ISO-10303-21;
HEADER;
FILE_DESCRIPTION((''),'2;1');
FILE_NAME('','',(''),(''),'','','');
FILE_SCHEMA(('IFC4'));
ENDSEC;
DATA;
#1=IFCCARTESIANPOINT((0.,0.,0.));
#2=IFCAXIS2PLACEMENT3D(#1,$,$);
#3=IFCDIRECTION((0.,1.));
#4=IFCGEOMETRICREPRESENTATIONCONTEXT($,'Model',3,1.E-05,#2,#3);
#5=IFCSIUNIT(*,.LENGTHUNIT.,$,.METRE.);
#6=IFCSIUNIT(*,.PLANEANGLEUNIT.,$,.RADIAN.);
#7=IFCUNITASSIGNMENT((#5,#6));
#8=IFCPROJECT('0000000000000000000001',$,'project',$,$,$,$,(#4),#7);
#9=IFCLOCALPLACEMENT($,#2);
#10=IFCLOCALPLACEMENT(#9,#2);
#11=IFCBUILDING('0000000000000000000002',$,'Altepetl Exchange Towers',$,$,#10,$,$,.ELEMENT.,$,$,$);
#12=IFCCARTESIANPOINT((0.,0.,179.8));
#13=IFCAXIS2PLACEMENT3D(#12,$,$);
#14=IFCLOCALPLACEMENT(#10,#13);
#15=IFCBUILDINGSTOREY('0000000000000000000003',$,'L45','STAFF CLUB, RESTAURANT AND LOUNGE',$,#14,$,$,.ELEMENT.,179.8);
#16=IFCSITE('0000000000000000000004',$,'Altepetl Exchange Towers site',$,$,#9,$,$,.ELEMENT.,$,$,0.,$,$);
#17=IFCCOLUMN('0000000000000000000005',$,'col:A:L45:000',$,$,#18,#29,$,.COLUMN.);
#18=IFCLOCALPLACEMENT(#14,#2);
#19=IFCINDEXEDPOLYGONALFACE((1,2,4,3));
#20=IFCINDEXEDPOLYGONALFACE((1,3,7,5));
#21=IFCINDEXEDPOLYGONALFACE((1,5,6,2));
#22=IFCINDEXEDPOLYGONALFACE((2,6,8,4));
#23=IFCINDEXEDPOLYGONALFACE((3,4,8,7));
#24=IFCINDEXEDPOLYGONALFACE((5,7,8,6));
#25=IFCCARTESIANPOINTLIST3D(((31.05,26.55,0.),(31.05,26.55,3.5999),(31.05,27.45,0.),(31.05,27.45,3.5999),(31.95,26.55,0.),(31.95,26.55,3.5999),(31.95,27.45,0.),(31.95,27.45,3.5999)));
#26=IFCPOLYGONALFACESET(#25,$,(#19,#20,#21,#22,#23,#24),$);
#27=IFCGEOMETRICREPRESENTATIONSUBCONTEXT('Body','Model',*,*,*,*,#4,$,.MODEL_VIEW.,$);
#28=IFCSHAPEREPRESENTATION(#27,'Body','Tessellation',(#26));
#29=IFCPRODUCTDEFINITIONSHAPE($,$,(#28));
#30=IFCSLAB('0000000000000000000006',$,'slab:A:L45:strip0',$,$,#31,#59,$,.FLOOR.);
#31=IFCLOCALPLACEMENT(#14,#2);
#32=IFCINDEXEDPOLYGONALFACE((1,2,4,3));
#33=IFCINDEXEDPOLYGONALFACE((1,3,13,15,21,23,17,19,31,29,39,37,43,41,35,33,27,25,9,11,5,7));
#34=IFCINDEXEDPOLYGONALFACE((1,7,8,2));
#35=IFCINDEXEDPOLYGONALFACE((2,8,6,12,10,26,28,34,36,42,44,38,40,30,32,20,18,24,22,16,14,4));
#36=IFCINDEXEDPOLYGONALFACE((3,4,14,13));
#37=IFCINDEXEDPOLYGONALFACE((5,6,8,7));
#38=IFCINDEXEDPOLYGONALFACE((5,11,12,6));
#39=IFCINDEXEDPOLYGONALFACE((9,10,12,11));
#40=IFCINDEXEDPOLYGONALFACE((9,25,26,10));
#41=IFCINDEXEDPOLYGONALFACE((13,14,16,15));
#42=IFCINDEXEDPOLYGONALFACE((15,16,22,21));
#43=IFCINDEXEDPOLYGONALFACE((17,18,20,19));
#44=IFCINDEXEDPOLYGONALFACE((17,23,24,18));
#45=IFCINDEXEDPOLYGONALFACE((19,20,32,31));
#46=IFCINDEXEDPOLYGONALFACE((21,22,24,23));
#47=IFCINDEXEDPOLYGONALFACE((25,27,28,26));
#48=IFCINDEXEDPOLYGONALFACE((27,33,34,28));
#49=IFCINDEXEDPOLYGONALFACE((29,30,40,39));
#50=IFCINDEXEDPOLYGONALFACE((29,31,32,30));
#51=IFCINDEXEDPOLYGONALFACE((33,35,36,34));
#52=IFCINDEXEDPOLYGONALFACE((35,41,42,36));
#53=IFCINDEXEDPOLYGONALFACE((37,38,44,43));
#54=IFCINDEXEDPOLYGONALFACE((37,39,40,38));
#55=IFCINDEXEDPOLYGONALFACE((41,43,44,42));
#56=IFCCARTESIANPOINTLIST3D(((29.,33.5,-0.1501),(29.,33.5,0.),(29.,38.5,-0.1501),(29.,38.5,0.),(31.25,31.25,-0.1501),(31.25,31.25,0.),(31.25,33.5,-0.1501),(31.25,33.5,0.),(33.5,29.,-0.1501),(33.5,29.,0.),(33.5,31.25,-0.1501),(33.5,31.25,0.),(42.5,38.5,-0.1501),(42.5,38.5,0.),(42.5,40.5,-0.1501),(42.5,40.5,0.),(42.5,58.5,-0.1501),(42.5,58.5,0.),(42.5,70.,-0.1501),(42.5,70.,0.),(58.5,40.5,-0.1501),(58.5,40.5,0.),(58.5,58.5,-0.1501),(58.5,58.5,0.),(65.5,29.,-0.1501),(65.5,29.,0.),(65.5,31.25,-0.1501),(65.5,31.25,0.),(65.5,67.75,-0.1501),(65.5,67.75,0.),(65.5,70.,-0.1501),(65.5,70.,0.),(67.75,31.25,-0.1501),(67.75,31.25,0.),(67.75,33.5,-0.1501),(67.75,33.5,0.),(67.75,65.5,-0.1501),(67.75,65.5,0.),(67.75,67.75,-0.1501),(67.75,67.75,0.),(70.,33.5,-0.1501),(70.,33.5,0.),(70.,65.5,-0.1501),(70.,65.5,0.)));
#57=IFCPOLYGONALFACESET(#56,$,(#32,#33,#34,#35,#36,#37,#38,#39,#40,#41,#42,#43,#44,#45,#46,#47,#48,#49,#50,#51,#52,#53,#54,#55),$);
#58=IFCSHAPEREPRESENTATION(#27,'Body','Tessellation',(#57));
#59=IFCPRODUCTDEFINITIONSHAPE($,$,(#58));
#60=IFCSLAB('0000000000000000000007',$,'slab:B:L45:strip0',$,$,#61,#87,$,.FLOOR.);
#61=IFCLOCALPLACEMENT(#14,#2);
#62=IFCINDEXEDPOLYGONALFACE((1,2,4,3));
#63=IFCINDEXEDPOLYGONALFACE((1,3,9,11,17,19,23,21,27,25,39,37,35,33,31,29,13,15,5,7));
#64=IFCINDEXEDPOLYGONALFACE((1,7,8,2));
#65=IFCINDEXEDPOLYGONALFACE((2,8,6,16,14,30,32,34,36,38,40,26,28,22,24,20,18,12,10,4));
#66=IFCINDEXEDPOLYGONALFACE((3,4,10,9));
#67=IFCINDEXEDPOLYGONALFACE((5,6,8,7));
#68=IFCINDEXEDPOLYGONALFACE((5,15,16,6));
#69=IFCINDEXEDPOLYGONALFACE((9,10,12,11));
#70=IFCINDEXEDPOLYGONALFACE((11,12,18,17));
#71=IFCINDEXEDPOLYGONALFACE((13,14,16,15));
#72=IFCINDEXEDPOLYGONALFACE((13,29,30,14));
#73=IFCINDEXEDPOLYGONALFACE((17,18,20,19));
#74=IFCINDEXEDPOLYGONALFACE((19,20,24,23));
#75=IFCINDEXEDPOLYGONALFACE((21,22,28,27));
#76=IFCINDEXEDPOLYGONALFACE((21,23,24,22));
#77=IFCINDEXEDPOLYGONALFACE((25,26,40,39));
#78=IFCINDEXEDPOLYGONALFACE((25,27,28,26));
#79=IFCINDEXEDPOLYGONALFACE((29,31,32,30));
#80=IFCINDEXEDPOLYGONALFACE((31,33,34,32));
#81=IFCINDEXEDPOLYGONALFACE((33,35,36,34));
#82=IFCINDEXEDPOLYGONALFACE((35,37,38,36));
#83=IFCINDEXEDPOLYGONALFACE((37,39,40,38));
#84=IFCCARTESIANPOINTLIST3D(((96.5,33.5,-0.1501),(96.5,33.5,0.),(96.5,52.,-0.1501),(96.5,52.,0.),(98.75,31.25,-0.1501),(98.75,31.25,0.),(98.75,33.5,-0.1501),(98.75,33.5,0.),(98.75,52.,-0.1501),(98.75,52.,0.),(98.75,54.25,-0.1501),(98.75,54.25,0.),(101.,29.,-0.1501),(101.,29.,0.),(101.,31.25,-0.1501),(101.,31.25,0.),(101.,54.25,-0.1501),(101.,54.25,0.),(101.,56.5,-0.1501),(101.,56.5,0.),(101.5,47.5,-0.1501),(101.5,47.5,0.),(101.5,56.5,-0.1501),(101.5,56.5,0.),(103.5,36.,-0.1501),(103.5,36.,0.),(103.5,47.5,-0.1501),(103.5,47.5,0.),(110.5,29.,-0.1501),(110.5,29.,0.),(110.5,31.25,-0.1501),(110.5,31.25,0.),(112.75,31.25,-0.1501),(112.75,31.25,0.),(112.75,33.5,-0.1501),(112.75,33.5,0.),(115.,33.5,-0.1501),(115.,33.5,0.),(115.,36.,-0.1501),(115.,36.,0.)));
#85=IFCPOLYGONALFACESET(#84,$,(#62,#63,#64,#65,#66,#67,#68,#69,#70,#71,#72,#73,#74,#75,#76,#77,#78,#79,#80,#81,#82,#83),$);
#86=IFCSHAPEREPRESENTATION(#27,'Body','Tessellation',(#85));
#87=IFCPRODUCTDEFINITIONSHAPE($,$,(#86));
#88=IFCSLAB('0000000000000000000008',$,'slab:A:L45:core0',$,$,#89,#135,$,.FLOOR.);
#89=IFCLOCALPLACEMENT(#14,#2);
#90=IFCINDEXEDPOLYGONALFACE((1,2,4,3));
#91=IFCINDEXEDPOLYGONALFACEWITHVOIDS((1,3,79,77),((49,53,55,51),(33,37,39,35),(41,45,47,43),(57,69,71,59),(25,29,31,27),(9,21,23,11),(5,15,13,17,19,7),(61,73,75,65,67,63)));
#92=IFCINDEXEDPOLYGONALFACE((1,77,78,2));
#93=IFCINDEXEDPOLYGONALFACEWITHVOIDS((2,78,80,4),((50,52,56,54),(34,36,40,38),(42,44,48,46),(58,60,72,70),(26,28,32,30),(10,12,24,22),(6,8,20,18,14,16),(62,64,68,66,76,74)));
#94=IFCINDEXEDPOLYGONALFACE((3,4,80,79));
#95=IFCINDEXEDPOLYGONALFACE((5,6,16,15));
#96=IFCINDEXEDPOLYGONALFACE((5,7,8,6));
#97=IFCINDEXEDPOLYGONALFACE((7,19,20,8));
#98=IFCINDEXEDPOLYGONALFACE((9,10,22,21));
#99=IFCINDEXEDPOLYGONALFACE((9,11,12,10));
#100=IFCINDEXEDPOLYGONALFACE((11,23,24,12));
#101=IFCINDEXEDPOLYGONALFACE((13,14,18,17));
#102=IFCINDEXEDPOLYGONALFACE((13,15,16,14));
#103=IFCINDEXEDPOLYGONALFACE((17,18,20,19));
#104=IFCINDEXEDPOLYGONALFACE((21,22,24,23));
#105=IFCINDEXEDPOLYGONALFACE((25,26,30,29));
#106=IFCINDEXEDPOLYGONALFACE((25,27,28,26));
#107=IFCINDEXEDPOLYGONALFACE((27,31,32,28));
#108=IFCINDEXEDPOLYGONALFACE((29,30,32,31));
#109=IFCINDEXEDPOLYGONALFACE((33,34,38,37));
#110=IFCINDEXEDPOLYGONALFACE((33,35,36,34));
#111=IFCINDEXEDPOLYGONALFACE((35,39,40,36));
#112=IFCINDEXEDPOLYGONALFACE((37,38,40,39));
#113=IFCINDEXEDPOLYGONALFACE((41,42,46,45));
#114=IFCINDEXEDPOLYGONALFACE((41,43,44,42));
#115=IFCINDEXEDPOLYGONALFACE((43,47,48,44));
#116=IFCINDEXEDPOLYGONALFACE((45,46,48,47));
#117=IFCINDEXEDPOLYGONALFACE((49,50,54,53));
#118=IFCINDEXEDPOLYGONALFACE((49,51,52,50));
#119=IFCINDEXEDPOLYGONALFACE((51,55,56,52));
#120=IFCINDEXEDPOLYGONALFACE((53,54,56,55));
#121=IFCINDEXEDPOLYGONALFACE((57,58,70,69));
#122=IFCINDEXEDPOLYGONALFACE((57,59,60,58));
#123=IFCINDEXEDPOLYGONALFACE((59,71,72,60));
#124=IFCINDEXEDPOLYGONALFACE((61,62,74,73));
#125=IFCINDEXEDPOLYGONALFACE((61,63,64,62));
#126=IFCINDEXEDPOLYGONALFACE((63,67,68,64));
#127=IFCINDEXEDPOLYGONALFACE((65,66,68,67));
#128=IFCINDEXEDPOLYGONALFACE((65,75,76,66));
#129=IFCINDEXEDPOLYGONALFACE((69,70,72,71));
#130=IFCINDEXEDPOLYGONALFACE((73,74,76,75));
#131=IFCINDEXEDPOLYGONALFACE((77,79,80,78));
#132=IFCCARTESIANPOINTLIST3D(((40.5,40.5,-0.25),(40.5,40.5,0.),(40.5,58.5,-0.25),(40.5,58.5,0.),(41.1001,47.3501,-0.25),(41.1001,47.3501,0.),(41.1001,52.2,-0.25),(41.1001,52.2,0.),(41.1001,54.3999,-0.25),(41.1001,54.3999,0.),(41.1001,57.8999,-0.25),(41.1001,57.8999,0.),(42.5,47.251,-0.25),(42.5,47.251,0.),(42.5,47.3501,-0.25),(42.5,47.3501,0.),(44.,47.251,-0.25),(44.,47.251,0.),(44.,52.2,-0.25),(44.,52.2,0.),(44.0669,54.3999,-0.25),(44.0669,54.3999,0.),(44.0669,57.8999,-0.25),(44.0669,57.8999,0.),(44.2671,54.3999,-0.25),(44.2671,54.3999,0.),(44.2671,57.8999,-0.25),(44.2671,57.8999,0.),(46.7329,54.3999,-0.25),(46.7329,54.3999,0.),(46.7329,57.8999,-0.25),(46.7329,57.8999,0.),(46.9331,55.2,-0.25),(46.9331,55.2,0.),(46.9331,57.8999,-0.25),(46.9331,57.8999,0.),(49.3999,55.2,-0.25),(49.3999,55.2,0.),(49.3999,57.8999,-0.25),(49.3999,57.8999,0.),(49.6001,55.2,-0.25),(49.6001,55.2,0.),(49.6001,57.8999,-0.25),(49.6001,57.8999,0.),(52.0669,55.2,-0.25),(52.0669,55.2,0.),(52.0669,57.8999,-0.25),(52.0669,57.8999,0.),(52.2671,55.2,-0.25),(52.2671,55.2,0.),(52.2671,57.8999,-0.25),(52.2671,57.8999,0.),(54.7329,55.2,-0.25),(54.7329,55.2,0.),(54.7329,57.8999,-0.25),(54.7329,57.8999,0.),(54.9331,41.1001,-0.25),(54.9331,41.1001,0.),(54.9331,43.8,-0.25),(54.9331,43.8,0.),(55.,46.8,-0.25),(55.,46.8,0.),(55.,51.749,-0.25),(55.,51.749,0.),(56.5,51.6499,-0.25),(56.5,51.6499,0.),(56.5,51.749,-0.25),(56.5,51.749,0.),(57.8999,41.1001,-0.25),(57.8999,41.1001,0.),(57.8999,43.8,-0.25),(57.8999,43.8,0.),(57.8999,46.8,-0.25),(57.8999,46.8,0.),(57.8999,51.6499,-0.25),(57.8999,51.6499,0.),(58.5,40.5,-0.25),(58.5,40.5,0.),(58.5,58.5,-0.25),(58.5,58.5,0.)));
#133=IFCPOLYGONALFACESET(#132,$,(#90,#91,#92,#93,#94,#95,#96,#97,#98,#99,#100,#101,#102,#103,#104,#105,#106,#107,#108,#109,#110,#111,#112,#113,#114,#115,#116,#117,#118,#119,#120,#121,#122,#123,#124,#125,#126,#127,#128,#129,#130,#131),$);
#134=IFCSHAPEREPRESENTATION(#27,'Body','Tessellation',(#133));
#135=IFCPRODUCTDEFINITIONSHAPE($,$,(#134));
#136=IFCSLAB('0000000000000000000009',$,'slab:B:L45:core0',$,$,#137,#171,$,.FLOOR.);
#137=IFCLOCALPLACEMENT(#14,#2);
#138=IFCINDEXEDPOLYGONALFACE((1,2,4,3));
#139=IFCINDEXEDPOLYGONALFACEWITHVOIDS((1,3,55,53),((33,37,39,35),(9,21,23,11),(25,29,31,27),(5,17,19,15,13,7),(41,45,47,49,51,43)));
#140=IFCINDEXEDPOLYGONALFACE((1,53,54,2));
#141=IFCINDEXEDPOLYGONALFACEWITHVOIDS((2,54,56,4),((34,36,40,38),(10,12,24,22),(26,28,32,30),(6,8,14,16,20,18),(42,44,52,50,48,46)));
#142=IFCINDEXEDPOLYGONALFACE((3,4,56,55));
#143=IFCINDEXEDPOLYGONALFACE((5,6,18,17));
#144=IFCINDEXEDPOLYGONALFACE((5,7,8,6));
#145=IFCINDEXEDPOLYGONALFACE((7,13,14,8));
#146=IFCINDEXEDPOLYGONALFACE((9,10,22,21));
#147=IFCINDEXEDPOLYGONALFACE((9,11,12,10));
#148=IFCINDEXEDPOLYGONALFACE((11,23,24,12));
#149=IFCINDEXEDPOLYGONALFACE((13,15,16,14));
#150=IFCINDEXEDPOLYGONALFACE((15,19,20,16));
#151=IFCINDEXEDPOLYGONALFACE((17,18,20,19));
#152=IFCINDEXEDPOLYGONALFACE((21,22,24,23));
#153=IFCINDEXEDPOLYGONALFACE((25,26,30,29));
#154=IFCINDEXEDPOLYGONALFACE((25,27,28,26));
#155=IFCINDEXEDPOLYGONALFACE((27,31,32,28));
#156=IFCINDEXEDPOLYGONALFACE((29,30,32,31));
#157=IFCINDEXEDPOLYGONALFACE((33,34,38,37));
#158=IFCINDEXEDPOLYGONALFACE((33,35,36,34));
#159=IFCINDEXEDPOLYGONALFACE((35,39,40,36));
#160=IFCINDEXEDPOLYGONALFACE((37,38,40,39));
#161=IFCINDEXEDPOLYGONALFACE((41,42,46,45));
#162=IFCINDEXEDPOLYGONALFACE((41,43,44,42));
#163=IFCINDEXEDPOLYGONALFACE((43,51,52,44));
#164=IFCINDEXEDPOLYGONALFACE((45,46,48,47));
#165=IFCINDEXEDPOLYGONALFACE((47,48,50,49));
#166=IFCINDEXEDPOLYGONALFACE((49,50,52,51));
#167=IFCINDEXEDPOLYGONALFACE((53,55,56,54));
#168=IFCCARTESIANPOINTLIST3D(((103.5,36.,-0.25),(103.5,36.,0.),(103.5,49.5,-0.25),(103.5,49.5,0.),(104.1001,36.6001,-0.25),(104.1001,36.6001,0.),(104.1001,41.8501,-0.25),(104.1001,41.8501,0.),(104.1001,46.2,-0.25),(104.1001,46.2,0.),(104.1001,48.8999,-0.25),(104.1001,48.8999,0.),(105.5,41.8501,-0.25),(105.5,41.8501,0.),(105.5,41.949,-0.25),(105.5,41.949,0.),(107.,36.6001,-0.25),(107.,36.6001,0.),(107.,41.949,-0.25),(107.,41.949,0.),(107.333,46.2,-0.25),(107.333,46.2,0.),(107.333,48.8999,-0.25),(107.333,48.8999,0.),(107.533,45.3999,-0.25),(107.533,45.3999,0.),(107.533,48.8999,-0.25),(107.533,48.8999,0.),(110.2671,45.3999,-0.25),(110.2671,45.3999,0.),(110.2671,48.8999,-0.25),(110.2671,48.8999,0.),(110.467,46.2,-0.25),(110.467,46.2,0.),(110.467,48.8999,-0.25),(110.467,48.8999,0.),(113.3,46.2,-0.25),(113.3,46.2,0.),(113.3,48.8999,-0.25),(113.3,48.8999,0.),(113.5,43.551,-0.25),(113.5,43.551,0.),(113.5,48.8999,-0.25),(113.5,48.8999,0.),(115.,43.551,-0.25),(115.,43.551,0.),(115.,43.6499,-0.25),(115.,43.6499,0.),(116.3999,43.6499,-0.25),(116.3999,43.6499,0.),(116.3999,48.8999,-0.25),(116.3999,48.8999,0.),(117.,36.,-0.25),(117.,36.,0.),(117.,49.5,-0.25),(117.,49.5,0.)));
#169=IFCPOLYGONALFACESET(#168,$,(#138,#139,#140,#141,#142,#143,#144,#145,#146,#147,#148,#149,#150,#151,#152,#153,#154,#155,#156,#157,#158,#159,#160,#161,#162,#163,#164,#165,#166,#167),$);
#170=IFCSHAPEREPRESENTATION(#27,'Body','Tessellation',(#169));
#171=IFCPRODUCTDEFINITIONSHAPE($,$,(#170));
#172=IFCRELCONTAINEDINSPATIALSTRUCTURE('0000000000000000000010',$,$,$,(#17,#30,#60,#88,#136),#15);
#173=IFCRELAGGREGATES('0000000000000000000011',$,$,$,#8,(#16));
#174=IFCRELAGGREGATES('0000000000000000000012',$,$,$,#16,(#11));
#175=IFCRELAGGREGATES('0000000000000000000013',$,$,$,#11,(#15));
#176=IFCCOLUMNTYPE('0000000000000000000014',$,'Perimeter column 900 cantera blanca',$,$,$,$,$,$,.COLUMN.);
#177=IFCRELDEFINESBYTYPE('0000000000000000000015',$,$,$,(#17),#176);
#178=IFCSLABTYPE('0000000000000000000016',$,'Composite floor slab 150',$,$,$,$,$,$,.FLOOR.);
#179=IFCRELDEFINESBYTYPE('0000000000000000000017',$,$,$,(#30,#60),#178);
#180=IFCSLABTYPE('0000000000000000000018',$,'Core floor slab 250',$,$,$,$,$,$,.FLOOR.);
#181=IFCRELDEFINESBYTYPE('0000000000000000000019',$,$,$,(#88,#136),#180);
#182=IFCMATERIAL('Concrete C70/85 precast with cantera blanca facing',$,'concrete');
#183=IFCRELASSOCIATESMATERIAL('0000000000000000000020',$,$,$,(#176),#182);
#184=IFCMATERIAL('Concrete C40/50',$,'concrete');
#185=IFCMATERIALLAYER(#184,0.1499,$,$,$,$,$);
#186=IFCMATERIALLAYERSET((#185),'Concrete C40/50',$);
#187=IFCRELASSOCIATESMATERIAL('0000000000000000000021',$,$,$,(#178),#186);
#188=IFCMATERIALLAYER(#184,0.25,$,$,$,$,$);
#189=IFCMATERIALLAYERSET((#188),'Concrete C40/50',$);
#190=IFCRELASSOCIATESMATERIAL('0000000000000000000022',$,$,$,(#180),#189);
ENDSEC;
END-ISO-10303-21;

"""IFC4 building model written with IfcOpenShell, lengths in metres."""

from ifc_helpers import new_model, si_unit, direction, frame, origin, origin_2d, place, context, subcontext, project, spatial, polyline, rectangle, outline, extrude, material, layer, layer_set, material_profile, profile_set, type_object, element, save


model = new_model("IFC4")

# Units and contexts
model_context = context("Model", 3, precision=1e-05, world=origin(), true_north=direction((0.0, 1.0)))
body_context = subcontext(model_context, "Body", "Model", "MODEL_VIEW")
ifc_project = project(units=[si_unit("LENGTHUNIT", "METRE"), si_unit("PLANEANGLEUNIT", "RADIAN")], contexts=[model_context])

# Site, building, storey
site_placement = place(None, origin())
site = spatial("IfcSite", under=ifc_project, at=site_placement, Name="Altepetl Exchange Towers site", CompositionType="ELEMENT", RefElevation=0.0)
building_placement = place(site_placement, origin())
building = spatial("IfcBuilding", under=site, at=building_placement, Name="Altepetl Exchange Towers", CompositionType="ELEMENT")
storey_placement = place(building_placement, frame((0.0, 0.0, 179.8)))
storey = spatial("IfcBuildingStorey", under=building, at=storey_placement, Name="L45", Description="STAFF CLUB, RESTAURANT AND LOUNGE", CompositionType="ELEMENT", Elevation=179.8)

# Column
ifc_material_1 = material(Name="Concrete C70/85 precast with cantera blanca facing", Category="concrete")
ifc_material_profile = material_profile(ifc_material_1, rectangle(XDim=0.8999, YDim=0.8999, at=origin_2d()), Name="900 x 900")
ifc_profile_set = profile_set([ifc_material_profile], Name="Concrete C70/85 precast with cantera blanca facing")
column_type = type_object("IfcColumnType", Name="Perimeter column 900 cantera blanca", PredefinedType="COLUMN", material=ifc_profile_set)
column_placement = place(storey_placement, frame((31.5, 27.0, 0.0)))
element("IfcColumn", 1, at=column_placement, inside=storey, type_object=column_type, Name="col:A:L45:000", PredefinedType="COLUMN", context=body_context, shape_type="SweptSolid", body=[
    extrude(rectangle(XDim=0.8999, YDim=0.8999, at=origin_2d()), origin(), (0.0, 0.0, 1.0), 3.5999),
])

# Slabs
ifc_material_2 = material(Name="Concrete C40/50", Category="concrete")
ifc_layer_1 = layer(ifc_material_2, 0.1499)
ifc_layer_set_1 = layer_set([ifc_layer_1], Name="Concrete C40/50")
slab_type_1 = type_object("IfcSlabType", Name="Composite floor slab 150", PredefinedType="FLOOR", material=ifc_layer_set_1)
slab_1_placement = place(storey_placement, frame((0.0, 0.0, -0.1501)))
element("IfcSlab", 2, at=slab_1_placement, inside=storey, type_object=slab_type_1, Name="slab:A:L45:strip0", PredefinedType="FLOOR", context=body_context, shape_type="SweptSolid", body=[
    extrude(outline(polyline([(42.5, 70.0), (42.5, 58.5), (58.5, 58.5), (58.5, 40.5), (42.5, 40.5), (42.5, 38.5), (29.0, 38.5), (29.0, 33.5), (31.25, 33.5), (31.25, 31.25), (33.5, 31.25), (33.5, 29.0), (65.5, 29.0), (65.5, 31.25), (67.75, 31.25), (67.75, 33.5), (70.0, 33.5), (70.0, 65.5), (67.75, 65.5), (67.75, 67.75), (65.5, 67.75), (65.5, 70.0), (42.5, 70.0)])), origin(), (0.0, 0.0, 1.0), 0.1501),
])
slab_2_placement = place(storey_placement, frame((0.0, 0.0, -0.1501)))
element("IfcSlab", 3, at=slab_2_placement, inside=storey, type_object=slab_type_1, Name="slab:B:L45:strip0", PredefinedType="FLOOR", context=body_context, shape_type="SweptSolid", body=[
    extrude(outline(polyline([(98.75, 31.25), (101.0, 31.25), (101.0, 29.0), (110.5, 29.0), (110.5, 31.25), (112.75, 31.25), (112.75, 33.5), (115.0, 33.5), (115.0, 36.0), (103.5, 36.0), (103.5, 47.5), (101.5, 47.5), (101.5, 56.5), (101.0, 56.5), (101.0, 54.25), (98.75, 54.25), (98.75, 52.0), (96.5, 52.0), (96.5, 33.5), (98.75, 33.5), (98.75, 31.25)])), origin(), (0.0, 0.0, 1.0), 0.1501),
])
ifc_layer_2 = layer(ifc_material_2, 0.25)
ifc_layer_set_2 = layer_set([ifc_layer_2], Name="Concrete C40/50")
slab_type_2 = type_object("IfcSlabType", Name="Core floor slab 250", PredefinedType="FLOOR", material=ifc_layer_set_2)
slab_3_placement = place(storey_placement, frame((0.0, 0.0, -0.25)))
element("IfcSlab", 4, at=slab_3_placement, inside=storey, type_object=slab_type_2, Name="slab:A:L45:core0", PredefinedType="FLOOR", context=body_context, shape_type="SweptSolid", body=[
    extrude(outline(polyline([(40.5, 40.5), (58.5, 40.5), (58.5, 58.5), (40.5, 58.5), (40.5, 40.5)]), holes=[polyline([(54.9331, 43.8), (57.8999, 43.8), (57.8999, 41.1001), (54.9331, 41.1001), (54.9331, 43.8)]), polyline([(55.0, 51.749), (56.5, 51.749), (56.5, 51.6499), (57.8999, 51.6499), (57.8999, 46.8), (55.0, 46.8), (55.0, 51.749)]), polyline([(44.0, 47.251), (42.5, 47.251), (42.5, 47.3501), (41.1001, 47.3501), (41.1001, 52.2), (44.0, 52.2), (44.0, 47.251)]), polyline([(41.1001, 57.8999), (44.0669, 57.8999), (44.0669, 54.3999), (41.1001, 54.3999), (41.1001, 57.8999)]), polyline([(44.2671, 57.8999), (46.7329, 57.8999), (46.7329, 54.3999), (44.2671, 54.3999), (44.2671, 57.8999)]), polyline([(46.9331, 57.8999), (49.3999, 57.8999), (49.3999, 55.2), (46.9331, 55.2), (46.9331, 57.8999)]), polyline([(49.6001, 57.8999), (52.0669, 57.8999), (52.0669, 55.2), (49.6001, 55.2), (49.6001, 57.8999)]), polyline([(52.2671, 57.8999), (54.7329, 57.8999), (54.7329, 55.2), (52.2671, 55.2), (52.2671, 57.8999)])]), origin(), (0.0, 0.0, 1.0), 0.25),
])
slab_4_placement = place(storey_placement, frame((0.0, 0.0, -0.25)))
element("IfcSlab", 5, at=slab_4_placement, inside=storey, type_object=slab_type_2, Name="slab:B:L45:core0", PredefinedType="FLOOR", context=body_context, shape_type="SweptSolid", body=[
    extrude(outline(polyline([(103.5, 36.0), (117.0, 36.0), (117.0, 49.5), (103.5, 49.5), (103.5, 36.0)]), holes=[polyline([(107.0, 36.6001), (104.1001, 36.6001), (104.1001, 41.8501), (105.5, 41.8501), (105.5, 41.949), (107.0, 41.949), (107.0, 36.6001)]), polyline([(113.5, 48.8999), (116.3999, 48.8999), (116.3999, 43.6499), (115.0, 43.6499), (115.0, 43.551), (113.5, 43.551), (113.5, 48.8999)]), polyline([(107.533, 45.3999), (107.533, 48.8999), (110.2671, 48.8999), (110.2671, 45.3999), (107.533, 45.3999)]), polyline([(104.1001, 48.8999), (107.333, 48.8999), (107.333, 46.2), (104.1001, 46.2), (104.1001, 48.8999)]), polyline([(110.467, 48.8999), (113.3, 48.8999), (113.3, 46.2), (110.467, 46.2), (110.467, 48.8999)])]), origin(), (0.0, 0.0, 1.0), 0.25),
])

save(model, "model.ifc")
